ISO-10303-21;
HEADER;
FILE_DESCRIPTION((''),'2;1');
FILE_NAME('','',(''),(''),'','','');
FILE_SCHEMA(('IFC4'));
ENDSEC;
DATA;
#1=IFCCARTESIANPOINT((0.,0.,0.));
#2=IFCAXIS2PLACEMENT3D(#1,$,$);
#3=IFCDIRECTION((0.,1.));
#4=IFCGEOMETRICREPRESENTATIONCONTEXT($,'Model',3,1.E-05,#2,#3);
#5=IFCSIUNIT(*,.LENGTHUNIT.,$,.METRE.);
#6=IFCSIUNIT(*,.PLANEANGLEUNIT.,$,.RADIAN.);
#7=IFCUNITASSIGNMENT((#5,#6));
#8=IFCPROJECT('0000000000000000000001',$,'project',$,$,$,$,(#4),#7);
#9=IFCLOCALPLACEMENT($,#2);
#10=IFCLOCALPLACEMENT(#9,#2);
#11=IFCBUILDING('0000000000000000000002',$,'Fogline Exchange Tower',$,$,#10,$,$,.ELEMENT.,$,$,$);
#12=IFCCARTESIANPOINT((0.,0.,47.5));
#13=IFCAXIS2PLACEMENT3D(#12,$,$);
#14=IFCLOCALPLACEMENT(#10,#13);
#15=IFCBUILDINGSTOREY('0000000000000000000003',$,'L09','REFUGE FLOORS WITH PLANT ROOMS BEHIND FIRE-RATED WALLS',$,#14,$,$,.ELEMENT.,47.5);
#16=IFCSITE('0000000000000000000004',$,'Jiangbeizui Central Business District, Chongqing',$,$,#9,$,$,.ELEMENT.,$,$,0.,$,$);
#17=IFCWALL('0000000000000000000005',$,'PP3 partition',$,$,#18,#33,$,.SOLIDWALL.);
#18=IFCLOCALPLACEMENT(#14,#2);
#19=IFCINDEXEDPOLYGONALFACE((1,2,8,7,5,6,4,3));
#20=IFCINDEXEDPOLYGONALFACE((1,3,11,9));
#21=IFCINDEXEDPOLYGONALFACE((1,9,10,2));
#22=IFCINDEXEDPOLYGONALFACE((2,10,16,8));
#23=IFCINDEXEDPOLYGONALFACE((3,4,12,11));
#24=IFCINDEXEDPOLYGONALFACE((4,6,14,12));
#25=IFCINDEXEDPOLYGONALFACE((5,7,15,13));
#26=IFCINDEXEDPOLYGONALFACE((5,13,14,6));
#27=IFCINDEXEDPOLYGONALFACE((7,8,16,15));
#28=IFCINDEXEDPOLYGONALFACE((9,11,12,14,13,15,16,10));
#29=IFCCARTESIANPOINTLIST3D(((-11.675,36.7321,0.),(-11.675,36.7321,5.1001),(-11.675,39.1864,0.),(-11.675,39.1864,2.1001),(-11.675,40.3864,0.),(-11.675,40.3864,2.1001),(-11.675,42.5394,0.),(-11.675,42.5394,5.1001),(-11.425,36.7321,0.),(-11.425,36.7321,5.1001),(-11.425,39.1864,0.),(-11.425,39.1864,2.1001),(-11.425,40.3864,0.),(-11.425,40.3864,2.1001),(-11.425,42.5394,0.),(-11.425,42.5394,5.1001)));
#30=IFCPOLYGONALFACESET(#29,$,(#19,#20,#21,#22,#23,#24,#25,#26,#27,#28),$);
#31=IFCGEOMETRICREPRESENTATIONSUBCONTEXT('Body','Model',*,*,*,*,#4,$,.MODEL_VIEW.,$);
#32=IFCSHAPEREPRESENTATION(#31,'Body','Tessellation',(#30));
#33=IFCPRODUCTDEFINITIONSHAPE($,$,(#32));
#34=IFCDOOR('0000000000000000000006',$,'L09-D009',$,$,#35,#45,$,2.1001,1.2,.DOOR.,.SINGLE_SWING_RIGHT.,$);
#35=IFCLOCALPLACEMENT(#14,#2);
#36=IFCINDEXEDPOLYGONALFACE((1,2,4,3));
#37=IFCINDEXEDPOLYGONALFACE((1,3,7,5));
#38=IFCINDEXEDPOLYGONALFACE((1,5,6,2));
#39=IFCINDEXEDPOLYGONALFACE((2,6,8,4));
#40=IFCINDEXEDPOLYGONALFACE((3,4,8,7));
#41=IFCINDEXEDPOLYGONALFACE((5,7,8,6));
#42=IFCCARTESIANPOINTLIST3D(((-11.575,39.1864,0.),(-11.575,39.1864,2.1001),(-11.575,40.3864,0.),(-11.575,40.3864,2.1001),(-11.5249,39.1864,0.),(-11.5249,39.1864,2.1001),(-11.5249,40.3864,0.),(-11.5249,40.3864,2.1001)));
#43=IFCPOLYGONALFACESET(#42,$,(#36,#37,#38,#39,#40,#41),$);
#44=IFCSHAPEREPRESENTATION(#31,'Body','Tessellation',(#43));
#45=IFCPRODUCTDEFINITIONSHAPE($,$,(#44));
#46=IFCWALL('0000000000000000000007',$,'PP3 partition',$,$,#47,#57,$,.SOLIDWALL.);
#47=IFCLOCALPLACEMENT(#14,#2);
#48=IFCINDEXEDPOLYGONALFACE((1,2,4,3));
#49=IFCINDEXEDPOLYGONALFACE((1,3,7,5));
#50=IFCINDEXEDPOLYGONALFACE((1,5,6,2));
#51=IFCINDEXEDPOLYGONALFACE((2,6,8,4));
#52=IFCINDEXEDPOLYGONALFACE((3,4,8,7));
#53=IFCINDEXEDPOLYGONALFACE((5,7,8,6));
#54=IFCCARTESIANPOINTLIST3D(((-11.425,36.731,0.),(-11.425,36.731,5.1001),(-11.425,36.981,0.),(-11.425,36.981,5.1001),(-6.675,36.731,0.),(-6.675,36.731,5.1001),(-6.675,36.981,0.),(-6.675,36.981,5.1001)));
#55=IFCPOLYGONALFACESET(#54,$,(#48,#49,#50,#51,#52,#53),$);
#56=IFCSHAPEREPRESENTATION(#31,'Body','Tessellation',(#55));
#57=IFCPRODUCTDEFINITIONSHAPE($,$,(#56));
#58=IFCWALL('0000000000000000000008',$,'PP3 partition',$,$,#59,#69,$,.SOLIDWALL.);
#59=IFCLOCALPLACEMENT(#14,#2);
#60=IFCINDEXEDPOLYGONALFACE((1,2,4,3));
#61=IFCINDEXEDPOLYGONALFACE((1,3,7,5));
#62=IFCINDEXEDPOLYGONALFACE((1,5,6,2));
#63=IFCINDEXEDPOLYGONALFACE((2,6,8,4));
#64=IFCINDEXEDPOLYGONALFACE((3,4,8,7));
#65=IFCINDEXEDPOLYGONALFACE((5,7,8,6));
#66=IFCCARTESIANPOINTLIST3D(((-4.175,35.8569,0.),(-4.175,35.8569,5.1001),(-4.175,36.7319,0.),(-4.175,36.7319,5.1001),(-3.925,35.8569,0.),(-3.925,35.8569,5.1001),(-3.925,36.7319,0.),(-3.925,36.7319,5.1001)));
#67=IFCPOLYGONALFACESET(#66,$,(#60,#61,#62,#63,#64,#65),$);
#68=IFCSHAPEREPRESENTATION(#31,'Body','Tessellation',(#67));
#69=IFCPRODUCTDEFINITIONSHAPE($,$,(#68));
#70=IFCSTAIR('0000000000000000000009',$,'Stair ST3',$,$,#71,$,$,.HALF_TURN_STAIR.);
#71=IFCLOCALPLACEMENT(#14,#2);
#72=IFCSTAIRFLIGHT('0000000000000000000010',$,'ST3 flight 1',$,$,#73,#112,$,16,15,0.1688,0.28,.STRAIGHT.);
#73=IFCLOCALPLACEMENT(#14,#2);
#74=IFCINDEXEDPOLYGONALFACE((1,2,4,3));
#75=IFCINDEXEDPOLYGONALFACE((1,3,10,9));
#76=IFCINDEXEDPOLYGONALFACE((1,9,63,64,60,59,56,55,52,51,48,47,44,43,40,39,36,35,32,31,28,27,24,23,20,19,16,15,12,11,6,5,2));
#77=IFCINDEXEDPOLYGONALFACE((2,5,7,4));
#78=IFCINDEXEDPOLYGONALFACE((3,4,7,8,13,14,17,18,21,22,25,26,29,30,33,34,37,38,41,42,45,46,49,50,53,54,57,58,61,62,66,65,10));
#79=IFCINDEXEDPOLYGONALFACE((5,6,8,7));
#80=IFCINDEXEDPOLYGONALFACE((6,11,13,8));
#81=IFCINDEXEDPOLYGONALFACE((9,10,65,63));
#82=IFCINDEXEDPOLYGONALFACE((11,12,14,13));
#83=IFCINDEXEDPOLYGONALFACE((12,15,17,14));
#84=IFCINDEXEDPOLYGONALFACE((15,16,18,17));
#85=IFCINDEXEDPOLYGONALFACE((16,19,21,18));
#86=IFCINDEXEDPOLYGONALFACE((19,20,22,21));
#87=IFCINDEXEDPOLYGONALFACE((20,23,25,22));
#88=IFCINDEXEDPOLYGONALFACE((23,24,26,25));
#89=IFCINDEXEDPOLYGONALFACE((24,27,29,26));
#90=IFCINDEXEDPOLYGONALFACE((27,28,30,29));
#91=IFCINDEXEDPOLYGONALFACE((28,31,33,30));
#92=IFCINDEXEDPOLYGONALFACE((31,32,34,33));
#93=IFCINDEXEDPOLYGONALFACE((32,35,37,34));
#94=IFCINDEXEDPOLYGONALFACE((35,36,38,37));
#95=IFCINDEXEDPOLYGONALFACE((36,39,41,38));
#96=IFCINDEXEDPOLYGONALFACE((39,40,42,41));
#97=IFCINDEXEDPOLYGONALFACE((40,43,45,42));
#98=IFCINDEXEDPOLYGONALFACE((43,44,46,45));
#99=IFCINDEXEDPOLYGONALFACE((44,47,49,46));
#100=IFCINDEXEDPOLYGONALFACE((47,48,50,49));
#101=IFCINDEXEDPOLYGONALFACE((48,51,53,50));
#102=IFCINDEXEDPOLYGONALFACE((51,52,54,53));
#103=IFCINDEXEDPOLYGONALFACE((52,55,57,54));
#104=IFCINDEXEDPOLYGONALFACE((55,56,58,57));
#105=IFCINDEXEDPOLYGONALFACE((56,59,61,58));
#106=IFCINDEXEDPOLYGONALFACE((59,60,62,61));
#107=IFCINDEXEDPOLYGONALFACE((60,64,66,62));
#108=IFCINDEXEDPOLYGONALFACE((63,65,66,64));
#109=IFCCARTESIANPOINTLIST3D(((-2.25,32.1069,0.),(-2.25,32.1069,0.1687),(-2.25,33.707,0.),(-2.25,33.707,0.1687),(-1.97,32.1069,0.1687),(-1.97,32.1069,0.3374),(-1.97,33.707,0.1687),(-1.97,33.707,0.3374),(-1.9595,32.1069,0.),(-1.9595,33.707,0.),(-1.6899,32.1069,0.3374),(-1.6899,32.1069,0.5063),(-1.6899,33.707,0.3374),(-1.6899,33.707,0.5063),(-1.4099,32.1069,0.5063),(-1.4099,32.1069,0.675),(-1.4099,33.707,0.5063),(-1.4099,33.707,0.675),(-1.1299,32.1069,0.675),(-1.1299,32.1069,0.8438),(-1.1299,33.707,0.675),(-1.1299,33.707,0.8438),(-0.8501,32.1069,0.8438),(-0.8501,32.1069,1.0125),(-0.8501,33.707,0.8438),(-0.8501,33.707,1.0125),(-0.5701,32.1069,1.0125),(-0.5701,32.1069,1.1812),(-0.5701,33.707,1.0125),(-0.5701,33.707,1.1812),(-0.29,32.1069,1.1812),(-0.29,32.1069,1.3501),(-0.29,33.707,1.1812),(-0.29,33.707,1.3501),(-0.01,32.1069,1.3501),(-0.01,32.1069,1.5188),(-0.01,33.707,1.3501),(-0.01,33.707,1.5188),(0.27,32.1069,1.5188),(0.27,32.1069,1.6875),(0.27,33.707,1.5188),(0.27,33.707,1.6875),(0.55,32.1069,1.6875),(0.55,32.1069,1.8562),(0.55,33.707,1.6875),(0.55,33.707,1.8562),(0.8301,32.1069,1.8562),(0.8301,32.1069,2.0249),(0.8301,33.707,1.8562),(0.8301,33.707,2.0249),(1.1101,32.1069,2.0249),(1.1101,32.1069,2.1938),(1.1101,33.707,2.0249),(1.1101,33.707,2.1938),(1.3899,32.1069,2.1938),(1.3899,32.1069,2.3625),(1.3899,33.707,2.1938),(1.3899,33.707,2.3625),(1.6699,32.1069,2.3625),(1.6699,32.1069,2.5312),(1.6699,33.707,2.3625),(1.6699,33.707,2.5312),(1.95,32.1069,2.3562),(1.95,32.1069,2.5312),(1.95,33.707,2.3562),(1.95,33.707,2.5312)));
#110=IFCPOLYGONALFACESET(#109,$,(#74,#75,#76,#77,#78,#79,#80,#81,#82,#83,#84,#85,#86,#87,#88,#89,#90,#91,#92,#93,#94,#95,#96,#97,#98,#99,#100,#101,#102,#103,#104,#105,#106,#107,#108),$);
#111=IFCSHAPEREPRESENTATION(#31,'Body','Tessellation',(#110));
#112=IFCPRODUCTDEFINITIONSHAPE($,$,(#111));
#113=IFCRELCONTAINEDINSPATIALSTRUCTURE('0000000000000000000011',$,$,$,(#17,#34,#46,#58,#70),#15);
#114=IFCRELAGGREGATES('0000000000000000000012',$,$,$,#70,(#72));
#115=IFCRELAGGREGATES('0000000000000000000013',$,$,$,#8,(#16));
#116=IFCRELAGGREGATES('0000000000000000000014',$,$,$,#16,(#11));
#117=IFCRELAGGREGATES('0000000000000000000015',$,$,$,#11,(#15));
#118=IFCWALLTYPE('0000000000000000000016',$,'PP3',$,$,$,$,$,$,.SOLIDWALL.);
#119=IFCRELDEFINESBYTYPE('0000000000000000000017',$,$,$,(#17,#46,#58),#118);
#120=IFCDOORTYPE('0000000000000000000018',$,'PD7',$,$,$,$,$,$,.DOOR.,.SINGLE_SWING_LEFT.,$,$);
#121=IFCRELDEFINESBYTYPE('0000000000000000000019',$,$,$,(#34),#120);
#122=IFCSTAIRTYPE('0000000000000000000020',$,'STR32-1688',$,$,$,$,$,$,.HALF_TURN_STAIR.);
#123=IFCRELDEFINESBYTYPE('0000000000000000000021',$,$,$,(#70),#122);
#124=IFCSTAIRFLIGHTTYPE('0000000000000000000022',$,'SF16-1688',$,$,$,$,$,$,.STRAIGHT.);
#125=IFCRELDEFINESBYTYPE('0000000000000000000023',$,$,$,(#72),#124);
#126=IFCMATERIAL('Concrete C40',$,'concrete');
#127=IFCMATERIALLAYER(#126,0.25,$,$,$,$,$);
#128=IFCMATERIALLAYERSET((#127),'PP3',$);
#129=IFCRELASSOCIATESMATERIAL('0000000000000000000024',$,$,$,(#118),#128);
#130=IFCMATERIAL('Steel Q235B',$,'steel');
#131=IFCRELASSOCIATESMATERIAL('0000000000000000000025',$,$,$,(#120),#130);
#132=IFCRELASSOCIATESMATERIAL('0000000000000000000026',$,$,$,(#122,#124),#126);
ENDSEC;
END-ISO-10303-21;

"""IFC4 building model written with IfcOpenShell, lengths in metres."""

from ifc_helpers import new_model, si_unit, direction, frame, frame_2d, origin, place, context, subcontext, project, spatial, polyline, rectangle, outline, extrude, material, layer, layer_set, type_object, element, fill, aggregate, save


model = new_model("IFC4")

# Units and contexts
model_context = context("Model", 3, precision=1e-05, world=origin(), true_north=direction((0.0, 1.0)))
body_context = subcontext(model_context, "Body", "Model", "MODEL_VIEW")
ifc_project = project(units=[si_unit("LENGTHUNIT", "METRE"), si_unit("PLANEANGLEUNIT", "RADIAN")], contexts=[model_context])

# Site, building, storey
site_placement = place(None, origin())
site = spatial("IfcSite", under=ifc_project, at=site_placement, Name="Jiangbeizui Central Business District, Chongqing", CompositionType="ELEMENT", RefElevation=0.0)
building_placement = place(site_placement, origin())
building = spatial("IfcBuilding", under=site, at=building_placement, Name="Fogline Exchange Tower", CompositionType="ELEMENT")
storey_placement = place(building_placement, frame((0.0, 0.0, 47.5)))
storey = spatial("IfcBuildingStorey", under=building, at=storey_placement, Name="L09", Description="REFUGE FLOORS WITH PLANT ROOMS BEHIND FIRE-RATED WALLS", CompositionType="ELEMENT", Elevation=47.5)

# Shared definitions
ifc_material_1 = material(Name="Concrete C40", Category="concrete")

# Wall, opening, door
ifc_layer_1 = layer(ifc_material_1, 0.25)
ifc_layer_set_1 = layer_set([ifc_layer_1], Name="PP3")
wall_type_1 = type_object("IfcWallType", Name="PP3", PredefinedType="SOLIDWALL", material=ifc_layer_set_1)
wall_1_placement = place(storey_placement, frame((-11.55, 36.7319, 0.0), z_axis=(0.0, 0.0, 1.0), x_axis=(0.0, 1.0, 0.0)))
wall_1 = element("IfcWall", 1, at=wall_1_placement, inside=storey, type_object=wall_type_1, Name="PP3 partition", PredefinedType="SOLIDWALL", context=body_context, shape_type="SweptSolid", body=[
    extrude(rectangle(XDim=5.8074, YDim=0.25, at=frame_2d((2.9038, 0.0))), origin(), (0.0, 0.0, 1.0), 5.1001),
])
opening_1_placement = place(wall_1_placement, frame((2.4543, 0.0, 0.0)))
opening_1 = element("IfcOpeningElement", 2, at=opening_1_placement, cuts=wall_1, PredefinedType="OPENING", context=body_context, shape_type="SweptSolid", body=[
    extrude(rectangle(XDim=1.2, YDim=2.1001, at=frame_2d((0.6001, 1.05))), frame((0.0, 0.135, 0.0), z_axis=(0.0, -1.0, 0.0), x_axis=(1.0, 0.0, 0.0)), (0.0, 0.0, 1.0), 0.27),
])
ifc_material_2 = material(Name="Steel Q235B", Category="steel")
door_type_1 = type_object("IfcDoorType", Name="PD7", OperationType="SINGLE_SWING_LEFT", PredefinedType="DOOR", material=ifc_material_2)
door_1_placement = place(opening_1_placement, origin())
door_1 = element("IfcDoor", 3, at=door_1_placement, inside=storey, type_object=door_type_1, Name="L09-D009", OperationType="SINGLE_SWING_RIGHT", OverallHeight=2.1001, OverallWidth=1.2, PredefinedType="DOOR", context=body_context, shape_type="SweptSolid", body=[
    extrude(rectangle(XDim=1.2, YDim=2.1001, at=frame_2d((0.6001, 1.05))), frame((0.0, 0.0249, 0.0), z_axis=(0.0, -1.0, 0.0), x_axis=(1.0, 0.0, 0.0)), (0.0, 0.0, 1.0), 0.05),
])
fill(opening_1, door_1)

# Walls
wall_2_placement = place(storey_placement, frame((-6.675, 36.856, 0.0), z_axis=(0.0, 0.0, 1.0), x_axis=(-1.0, 0.0, 0.0)))
element("IfcWall", 4, at=wall_2_placement, inside=storey, type_object=wall_type_1, Name="PP3 partition", PredefinedType="SOLIDWALL", context=body_context, shape_type="SweptSolid", body=[
    extrude(rectangle(XDim=4.75, YDim=0.25, at=frame_2d((2.375, 0.0))), origin(), (0.0, 0.0, 1.0), 5.1001),
])
wall_3_placement = place(storey_placement, frame((-4.05, 36.7319, 0.0), z_axis=(0.0, 0.0, 1.0), x_axis=(0.0, -1.0, 0.0)))
element("IfcWall", 5, at=wall_3_placement, inside=storey, type_object=wall_type_1, Name="PP3 partition", PredefinedType="SOLIDWALL", context=body_context, shape_type="SweptSolid", body=[
    extrude(rectangle(XDim=0.875, YDim=0.25, at=frame_2d((0.4375, 0.0))), origin(), (0.0, 0.0, 1.0), 5.1001),
])

# Stair, stair flight
stair_type = type_object("IfcStairType", Name="STR32-1688", PredefinedType="HALF_TURN_STAIR", material=ifc_material_1)
stair_placement = place(storey_placement, origin())
stair = element("IfcStair", 6, at=stair_placement, inside=storey, type_object=stair_type, Name="Stair ST3", PredefinedType="HALF_TURN_STAIR")
stair_flight_type = type_object("IfcStairFlightType", Name="SF16-1688", PredefinedType="STRAIGHT", material=ifc_material_1)
stair_flight_placement = place(storey_placement, frame((-2.25, 32.907, 0.0), z_axis=(0.0, 0.0, 1.0), x_axis=(1.0, 0.0, 0.0)))
stair_flight = element("IfcStairFlight", 7, at=stair_flight_placement, type_object=stair_flight_type, Name="ST3 flight 1", NumberOfRisers=16, NumberOfTreads=15, PredefinedType="STRAIGHT", RiserHeight=0.1688, TreadLength=0.28, context=body_context, shape_type="SweptSolid", body=[
    extrude(outline(polyline([(0.0, 0.0), (0.0, 0.1687), (0.28, 0.1687), (0.28, 0.3374), (0.5601, 0.3374), (0.5601, 0.5063), (0.8401, 0.5063), (0.8401, 0.675), (1.1201, 0.675), (1.1201, 0.8438), (1.3999, 0.8438), (1.3999, 1.0125), (1.6799, 1.0125), (1.6799, 1.1812), (1.96, 1.1812), (1.96, 1.3501), (2.24, 1.3501), (2.24, 1.5188), (2.52, 1.5188), (2.52, 1.6875), (2.8, 1.6875), (2.8, 1.8562), (3.0801, 1.8562), (3.0801, 2.0249), (3.3601, 2.0249), (3.3601, 2.1938), (3.6399, 2.1938), (3.6399, 2.3625), (3.9199, 2.3625), (3.9199, 2.5312), (4.2, 2.5312), (4.2, 2.7), (4.2, 2.3562), (0.2905, 0.0), (0.0, 0.0)])), frame((0.0, 0.8, 0.0), z_axis=(0.0, -1.0, 0.0), x_axis=(1.0, 0.0, 0.0)), (0.0, 0.0, 1.0), 1.6001),
])
aggregate(stair, [stair_flight])

save(model, "model.ifc")
